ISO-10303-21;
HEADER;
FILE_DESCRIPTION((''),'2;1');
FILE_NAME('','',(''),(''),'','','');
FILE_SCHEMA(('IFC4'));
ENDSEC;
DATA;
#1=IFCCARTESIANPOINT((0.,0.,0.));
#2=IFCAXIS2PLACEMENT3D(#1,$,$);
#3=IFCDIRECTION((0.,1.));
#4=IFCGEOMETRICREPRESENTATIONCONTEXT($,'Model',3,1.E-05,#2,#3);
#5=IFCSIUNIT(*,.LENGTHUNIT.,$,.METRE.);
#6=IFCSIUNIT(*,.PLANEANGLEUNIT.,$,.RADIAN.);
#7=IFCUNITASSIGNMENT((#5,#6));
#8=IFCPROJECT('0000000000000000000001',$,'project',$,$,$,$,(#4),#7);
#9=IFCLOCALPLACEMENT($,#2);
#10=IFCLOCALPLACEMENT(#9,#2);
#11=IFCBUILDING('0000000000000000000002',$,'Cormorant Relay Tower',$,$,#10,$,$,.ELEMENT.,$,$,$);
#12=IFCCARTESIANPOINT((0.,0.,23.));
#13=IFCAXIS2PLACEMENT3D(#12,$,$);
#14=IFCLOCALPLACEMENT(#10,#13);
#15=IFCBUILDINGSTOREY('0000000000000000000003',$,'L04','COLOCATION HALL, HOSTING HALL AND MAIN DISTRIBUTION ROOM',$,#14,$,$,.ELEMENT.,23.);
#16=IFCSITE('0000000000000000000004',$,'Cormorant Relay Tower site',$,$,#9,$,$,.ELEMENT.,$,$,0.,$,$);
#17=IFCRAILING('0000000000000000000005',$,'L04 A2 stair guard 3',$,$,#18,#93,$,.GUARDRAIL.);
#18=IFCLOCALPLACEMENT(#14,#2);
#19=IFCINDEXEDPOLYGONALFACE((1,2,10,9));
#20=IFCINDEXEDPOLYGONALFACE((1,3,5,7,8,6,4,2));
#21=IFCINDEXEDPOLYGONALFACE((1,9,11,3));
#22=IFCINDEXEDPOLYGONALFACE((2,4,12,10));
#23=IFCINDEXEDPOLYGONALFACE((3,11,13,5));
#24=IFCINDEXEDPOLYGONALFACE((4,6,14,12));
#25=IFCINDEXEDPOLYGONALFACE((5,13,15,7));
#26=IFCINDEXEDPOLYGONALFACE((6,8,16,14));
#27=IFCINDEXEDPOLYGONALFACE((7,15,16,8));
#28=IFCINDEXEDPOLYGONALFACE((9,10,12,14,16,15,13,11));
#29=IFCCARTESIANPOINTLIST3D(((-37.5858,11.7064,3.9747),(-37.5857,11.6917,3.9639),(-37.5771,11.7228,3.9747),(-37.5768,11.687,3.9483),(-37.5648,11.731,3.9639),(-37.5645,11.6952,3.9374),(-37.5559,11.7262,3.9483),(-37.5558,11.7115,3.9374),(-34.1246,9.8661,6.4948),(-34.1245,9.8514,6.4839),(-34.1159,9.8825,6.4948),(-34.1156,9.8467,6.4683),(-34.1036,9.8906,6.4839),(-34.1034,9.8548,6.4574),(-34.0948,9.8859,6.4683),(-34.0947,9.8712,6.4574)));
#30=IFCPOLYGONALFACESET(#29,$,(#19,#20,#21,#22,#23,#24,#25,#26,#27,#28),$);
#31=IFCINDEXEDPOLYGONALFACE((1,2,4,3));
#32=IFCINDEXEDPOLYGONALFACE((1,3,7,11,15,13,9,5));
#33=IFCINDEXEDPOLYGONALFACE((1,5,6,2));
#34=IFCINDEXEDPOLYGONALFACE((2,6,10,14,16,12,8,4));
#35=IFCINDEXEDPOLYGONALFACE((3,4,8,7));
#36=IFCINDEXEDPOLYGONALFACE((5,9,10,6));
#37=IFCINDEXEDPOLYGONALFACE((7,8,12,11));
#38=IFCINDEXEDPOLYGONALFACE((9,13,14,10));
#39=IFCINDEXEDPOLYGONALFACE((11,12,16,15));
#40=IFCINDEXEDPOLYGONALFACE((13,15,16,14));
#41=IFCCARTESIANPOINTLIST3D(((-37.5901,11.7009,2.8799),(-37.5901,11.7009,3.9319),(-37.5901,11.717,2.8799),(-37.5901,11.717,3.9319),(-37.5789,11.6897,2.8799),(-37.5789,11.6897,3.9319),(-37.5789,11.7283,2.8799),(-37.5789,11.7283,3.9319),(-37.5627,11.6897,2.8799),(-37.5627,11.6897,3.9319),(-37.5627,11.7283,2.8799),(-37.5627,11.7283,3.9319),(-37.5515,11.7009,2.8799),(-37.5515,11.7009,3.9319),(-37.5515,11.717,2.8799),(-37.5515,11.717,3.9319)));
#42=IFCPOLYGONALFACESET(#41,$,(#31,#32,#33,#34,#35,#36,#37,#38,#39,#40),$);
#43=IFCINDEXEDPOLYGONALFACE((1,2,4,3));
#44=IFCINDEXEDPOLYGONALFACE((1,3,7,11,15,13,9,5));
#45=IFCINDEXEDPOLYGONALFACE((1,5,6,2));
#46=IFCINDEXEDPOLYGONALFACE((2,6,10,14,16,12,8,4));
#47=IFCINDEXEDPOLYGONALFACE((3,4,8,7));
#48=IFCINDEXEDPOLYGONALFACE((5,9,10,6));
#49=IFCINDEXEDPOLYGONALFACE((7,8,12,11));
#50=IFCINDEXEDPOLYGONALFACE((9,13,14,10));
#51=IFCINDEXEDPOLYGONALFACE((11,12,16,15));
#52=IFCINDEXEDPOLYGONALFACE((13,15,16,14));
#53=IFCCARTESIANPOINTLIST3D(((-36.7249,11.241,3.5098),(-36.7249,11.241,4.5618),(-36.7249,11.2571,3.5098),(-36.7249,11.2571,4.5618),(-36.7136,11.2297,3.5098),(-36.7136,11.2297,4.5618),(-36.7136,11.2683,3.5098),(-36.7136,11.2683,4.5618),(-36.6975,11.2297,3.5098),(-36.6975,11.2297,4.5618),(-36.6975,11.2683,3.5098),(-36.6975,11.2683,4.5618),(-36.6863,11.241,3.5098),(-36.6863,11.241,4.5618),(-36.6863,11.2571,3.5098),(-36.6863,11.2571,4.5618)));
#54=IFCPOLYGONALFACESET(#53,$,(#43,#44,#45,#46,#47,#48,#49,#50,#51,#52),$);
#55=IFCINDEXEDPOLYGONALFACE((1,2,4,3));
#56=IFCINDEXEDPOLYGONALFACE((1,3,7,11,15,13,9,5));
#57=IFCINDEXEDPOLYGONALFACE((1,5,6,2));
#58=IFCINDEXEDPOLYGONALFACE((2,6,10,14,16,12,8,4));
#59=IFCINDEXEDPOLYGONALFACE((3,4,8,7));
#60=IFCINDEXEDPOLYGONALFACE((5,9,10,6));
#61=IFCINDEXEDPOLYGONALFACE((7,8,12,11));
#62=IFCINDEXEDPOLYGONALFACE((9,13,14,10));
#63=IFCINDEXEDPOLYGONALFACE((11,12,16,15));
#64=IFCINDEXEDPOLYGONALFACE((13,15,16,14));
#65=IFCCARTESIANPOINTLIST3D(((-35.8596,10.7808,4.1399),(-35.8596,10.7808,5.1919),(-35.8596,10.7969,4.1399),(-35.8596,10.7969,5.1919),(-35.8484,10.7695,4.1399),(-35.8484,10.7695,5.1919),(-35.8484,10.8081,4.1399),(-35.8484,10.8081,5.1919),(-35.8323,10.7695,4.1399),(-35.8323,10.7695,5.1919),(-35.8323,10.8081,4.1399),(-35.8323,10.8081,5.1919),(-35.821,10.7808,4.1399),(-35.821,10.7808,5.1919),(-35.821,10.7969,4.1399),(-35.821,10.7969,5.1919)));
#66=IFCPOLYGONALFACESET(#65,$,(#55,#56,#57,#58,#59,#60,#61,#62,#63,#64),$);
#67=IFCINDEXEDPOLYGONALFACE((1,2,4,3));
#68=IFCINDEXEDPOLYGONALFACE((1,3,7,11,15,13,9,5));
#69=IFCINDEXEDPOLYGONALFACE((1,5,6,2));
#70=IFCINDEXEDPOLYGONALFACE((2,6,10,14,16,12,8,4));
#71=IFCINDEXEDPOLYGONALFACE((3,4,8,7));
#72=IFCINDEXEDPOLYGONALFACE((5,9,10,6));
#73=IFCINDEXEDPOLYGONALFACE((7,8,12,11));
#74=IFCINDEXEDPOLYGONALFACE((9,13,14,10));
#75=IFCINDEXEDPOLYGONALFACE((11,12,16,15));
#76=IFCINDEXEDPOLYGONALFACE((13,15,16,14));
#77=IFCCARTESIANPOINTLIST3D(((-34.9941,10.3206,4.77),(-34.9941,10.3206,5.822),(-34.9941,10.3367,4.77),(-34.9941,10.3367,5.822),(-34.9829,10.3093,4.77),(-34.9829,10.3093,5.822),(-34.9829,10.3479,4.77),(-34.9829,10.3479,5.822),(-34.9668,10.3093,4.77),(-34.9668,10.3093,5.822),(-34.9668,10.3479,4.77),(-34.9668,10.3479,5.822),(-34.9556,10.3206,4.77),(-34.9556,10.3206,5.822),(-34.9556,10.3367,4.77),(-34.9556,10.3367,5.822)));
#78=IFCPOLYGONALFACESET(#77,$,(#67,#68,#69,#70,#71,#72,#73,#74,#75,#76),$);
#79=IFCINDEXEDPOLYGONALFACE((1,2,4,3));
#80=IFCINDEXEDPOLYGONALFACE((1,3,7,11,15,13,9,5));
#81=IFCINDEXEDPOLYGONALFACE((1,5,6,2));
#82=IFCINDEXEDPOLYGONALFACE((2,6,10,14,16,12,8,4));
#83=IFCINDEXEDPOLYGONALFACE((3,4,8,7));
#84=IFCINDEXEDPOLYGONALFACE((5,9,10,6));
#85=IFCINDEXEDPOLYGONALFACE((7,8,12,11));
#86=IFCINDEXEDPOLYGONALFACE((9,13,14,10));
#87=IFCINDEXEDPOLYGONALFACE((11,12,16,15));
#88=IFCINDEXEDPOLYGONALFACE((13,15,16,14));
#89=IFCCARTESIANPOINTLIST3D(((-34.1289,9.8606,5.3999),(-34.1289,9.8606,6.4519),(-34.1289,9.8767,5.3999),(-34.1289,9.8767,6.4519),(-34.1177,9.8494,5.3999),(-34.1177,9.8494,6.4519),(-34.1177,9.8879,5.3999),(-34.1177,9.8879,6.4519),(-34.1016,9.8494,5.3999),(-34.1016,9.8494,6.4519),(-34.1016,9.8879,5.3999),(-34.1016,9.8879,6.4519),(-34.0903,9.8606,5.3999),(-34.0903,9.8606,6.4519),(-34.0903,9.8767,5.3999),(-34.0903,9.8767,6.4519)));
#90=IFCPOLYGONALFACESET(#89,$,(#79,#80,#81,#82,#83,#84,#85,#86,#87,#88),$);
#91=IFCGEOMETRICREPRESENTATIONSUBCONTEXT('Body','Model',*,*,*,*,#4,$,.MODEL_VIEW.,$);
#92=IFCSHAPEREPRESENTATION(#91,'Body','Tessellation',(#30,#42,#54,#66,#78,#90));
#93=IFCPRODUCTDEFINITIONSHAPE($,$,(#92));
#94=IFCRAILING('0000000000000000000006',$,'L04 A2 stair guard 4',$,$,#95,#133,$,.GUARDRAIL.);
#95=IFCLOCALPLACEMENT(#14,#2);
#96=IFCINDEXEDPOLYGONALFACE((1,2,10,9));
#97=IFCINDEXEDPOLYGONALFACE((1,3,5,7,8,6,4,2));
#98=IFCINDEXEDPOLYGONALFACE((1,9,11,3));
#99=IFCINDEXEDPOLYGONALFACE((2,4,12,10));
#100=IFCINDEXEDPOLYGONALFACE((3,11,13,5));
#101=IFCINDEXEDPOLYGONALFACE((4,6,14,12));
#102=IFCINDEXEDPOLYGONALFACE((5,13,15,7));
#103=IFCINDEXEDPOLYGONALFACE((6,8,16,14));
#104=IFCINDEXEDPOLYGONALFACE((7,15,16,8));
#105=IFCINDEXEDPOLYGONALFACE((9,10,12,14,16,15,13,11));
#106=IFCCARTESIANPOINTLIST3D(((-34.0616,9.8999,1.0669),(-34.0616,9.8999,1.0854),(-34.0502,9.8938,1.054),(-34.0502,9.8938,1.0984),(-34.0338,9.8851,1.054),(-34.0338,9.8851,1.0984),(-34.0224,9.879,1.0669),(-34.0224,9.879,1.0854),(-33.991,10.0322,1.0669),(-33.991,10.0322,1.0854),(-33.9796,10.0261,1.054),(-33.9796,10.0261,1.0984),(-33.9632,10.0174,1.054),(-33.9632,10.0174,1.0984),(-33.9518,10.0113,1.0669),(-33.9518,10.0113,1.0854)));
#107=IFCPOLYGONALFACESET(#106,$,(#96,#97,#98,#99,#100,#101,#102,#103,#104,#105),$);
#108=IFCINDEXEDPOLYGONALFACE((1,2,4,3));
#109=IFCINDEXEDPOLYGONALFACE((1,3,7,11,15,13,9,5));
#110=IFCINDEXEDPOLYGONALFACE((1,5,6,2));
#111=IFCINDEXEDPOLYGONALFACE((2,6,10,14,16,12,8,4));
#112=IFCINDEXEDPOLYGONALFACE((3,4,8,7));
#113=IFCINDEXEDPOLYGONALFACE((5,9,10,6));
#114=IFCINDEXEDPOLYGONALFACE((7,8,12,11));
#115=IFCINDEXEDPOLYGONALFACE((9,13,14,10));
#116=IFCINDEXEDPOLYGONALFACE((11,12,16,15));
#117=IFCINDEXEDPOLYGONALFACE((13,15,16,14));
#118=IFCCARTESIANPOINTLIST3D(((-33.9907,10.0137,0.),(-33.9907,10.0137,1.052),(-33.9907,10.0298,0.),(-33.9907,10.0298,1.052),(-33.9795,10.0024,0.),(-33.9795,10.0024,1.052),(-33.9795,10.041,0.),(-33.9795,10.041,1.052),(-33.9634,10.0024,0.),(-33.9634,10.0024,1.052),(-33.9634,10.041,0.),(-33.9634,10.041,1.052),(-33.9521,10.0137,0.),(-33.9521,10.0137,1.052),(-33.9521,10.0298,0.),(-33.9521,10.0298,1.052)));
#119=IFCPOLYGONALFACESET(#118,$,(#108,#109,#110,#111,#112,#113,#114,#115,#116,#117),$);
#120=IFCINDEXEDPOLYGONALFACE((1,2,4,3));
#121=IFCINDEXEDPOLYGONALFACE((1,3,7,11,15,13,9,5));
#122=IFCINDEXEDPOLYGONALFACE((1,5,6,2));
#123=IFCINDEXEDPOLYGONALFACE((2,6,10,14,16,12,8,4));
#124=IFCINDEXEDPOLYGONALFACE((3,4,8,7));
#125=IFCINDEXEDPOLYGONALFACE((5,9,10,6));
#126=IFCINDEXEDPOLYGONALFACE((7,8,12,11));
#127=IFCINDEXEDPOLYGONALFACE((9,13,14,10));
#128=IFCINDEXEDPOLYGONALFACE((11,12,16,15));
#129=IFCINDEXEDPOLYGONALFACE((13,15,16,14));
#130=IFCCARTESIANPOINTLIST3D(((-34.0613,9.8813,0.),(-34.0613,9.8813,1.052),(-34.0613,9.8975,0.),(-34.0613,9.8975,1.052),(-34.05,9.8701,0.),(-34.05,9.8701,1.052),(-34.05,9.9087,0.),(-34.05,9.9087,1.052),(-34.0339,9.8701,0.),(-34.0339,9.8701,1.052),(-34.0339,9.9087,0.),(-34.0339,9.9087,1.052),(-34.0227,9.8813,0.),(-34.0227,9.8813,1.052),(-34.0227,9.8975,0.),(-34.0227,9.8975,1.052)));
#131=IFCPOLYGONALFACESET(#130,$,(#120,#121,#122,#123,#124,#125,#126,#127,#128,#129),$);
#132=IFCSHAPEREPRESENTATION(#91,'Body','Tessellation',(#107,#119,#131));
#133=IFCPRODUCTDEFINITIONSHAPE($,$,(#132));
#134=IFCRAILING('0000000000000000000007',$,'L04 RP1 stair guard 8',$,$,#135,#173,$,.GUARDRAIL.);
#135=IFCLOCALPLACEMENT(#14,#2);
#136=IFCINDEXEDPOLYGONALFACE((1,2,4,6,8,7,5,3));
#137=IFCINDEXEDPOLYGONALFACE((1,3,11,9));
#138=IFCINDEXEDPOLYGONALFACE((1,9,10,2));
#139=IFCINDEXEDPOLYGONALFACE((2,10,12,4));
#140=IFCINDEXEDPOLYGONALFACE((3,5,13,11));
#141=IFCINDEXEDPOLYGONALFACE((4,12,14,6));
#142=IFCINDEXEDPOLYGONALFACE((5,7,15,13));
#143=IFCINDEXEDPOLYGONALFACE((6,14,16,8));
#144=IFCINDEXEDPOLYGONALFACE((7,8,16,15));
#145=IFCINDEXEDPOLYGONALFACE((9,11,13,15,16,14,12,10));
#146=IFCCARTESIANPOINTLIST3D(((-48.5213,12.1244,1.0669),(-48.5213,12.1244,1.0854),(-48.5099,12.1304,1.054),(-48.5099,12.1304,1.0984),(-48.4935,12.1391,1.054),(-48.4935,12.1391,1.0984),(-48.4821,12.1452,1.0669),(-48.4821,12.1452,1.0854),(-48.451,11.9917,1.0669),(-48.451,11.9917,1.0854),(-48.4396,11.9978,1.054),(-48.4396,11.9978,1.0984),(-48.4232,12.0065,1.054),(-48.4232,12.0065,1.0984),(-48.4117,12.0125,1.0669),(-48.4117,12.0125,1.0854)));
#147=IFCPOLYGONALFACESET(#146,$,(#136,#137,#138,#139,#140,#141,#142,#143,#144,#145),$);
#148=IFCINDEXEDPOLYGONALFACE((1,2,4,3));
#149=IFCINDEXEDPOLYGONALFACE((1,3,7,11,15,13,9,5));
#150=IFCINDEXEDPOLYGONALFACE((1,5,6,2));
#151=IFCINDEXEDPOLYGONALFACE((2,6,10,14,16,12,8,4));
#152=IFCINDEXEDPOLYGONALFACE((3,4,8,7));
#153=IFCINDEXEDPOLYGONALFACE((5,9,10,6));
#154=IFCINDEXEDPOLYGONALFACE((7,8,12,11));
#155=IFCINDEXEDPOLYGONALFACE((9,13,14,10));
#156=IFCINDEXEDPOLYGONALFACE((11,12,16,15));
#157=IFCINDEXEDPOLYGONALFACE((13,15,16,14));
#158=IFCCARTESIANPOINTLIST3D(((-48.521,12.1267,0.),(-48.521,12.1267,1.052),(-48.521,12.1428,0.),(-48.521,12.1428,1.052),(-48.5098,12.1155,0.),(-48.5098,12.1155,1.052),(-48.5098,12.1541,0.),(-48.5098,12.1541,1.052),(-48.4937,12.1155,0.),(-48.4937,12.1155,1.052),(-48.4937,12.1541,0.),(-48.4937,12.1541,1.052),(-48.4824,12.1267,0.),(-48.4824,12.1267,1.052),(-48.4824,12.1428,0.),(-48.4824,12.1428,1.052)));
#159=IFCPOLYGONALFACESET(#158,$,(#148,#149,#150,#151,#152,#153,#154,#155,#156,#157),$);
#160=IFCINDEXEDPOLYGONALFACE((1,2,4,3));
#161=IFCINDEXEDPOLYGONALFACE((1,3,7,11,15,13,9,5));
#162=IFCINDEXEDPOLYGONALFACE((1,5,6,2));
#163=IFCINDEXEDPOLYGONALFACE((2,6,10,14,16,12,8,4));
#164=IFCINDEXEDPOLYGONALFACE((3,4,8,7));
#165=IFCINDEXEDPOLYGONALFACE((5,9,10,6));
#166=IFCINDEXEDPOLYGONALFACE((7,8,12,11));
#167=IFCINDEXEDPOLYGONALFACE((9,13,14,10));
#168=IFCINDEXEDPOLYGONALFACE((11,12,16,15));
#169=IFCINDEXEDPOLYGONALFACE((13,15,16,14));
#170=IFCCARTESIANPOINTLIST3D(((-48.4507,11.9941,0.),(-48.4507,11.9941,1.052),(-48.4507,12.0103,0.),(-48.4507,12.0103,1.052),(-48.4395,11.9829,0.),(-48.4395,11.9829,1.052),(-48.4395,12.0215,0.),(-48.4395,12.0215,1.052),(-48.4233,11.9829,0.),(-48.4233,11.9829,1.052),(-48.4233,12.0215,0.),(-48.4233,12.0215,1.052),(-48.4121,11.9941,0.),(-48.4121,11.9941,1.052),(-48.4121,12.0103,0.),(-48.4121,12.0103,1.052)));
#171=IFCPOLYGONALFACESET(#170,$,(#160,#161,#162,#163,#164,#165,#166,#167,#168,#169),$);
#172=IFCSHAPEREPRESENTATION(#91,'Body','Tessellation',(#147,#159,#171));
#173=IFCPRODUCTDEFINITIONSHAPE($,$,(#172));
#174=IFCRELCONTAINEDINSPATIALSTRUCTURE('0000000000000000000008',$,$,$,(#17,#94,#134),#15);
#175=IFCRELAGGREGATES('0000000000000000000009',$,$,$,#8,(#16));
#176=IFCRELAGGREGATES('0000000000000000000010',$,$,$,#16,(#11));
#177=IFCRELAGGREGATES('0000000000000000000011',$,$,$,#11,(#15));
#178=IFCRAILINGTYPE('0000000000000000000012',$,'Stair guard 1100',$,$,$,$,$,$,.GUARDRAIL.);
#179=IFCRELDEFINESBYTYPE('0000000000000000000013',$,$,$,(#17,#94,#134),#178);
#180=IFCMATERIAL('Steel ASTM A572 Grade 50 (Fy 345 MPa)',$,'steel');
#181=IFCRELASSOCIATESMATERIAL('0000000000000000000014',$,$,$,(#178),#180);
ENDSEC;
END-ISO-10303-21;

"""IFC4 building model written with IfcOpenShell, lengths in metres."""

from ifc_helpers import new_model, si_unit, direction, frame, origin, place, context, subcontext, project, spatial, polyline, outline, extrude, material, type_object, element, save


model = new_model("IFC4")

# Units and contexts
model_context = context("Model", 3, precision=1e-05, world=origin(), true_north=direction((0.0, 1.0)))
body_context = subcontext(model_context, "Body", "Model", "MODEL_VIEW")
ifc_project = project(units=[si_unit("LENGTHUNIT", "METRE"), si_unit("PLANEANGLEUNIT", "RADIAN")], contexts=[model_context])

# Site, building, storey
site_placement = place(None, origin())
site = spatial("IfcSite", under=ifc_project, at=site_placement, Name="Cormorant Relay Tower site", CompositionType="ELEMENT", RefElevation=0.0)
building_placement = place(site_placement, origin())
building = spatial("IfcBuilding", under=site, at=building_placement, Name="Cormorant Relay Tower", CompositionType="ELEMENT")
storey_placement = place(building_placement, frame((0.0, 0.0, 23.0)))
storey = spatial("IfcBuildingStorey", under=building, at=storey_placement, Name="L04", Description="COLOCATION HALL, HOSTING HALL AND MAIN DISTRIBUTION ROOM", CompositionType="ELEMENT", Elevation=23.0)

# Railings
ifc_material_1 = material(Name="Steel ASTM A572 Grade 50 (Fy 345 MPa)", Category="steel")
railing_type_1 = type_object("IfcRailingType", Name="Stair guard 1100", PredefinedType="GUARDRAIL", material=ifc_material_1)
railing_1_placement = place(storey_placement, frame((-37.5708, 11.709, 2.8799)))
element("IfcRailing", 1, at=railing_1_placement, inside=storey, type_object=railing_type_1, Name="L04 A2 stair guard 3", PredefinedType="GUARDRAIL", context=body_context, shape_type="SweptSolid", body=[
    extrude(outline(polyline([(0.0222, 0.0093), (0.0093, 0.0222), (-0.0093, 0.0222), (-0.0222, 0.0093), (-0.0222, -0.0093), (-0.0093, -0.0222), (0.0093, -0.0222), (0.0222, -0.0093), (0.0222, 0.0093)])), frame((0.0, 0.0, 1.0762), z_axis=(0.742717, -0.394907, 0.540758), x_axis=(0.469469, 0.882949, 0.0)), (0.0, 0.0, 1.0), 4.6602),
    extrude(outline(polyline([(0.0193, 0.0081), (0.0081, 0.0193), (-0.0081, 0.0193), (-0.0193, 0.0081), (-0.0193, -0.0081), (-0.0081, -0.0193), (0.0081, -0.0193), (0.0193, -0.0081), (0.0193, 0.0081)])), origin(), (0.0, 0.0, 1.0), 1.052),
    extrude(outline(polyline([(0.0193, 0.0081), (0.0081, 0.0193), (-0.0081, 0.0193), (-0.0193, 0.0081), (-0.0193, -0.0081), (-0.0081, -0.0193), (0.0081, -0.0193), (0.0193, -0.0081), (0.0193, 0.0081)])), frame((0.8652, -0.46, 0.6299)), (0.0, 0.0, 1.0), 1.052),
    extrude(outline(polyline([(0.0193, 0.0081), (0.0081, 0.0193), (-0.0081, 0.0193), (-0.0193, 0.0081), (-0.0193, -0.0081), (-0.0081, -0.0193), (0.0081, -0.0193), (0.0193, -0.0081), (0.0193, 0.0081)])), frame((1.7305, -0.9202, 1.26)), (0.0, 0.0, 1.0), 1.052),
    extrude(outline(polyline([(0.0193, 0.0081), (0.0081, 0.0193), (-0.0081, 0.0193), (-0.0193, 0.0081), (-0.0193, -0.0081), (-0.0081, -0.0193), (0.0081, -0.0193), (0.0193, -0.0081), (0.0193, 0.0081)])), frame((2.5959, -1.3804, 1.8901)), (0.0, 0.0, 1.0), 1.052),
    extrude(outline(polyline([(0.0193, 0.0081), (0.0081, 0.0193), (-0.0081, 0.0193), (-0.0193, 0.0081), (-0.0193, -0.0081), (-0.0081, -0.0193), (0.0081, -0.0193), (0.0193, -0.0081), (0.0193, 0.0081)])), frame((3.4612, -1.8403, 2.52)), (0.0, 0.0, 1.0), 1.052),
])
railing_2_placement = place(storey_placement, frame((-33.9714, 10.0217, 0.0)))
element("IfcRailing", 2, at=railing_2_placement, inside=storey, type_object=railing_type_1, Name="L04 A2 stair guard 4", PredefinedType="GUARDRAIL", context=body_context, shape_type="SweptSolid", body=[
    extrude(outline(polyline([(0.0222, 0.0093), (0.0093, 0.0222), (-0.0093, 0.0222), (-0.0222, 0.0093), (-0.0222, -0.0093), (-0.0093, -0.0222), (0.0093, -0.0222), (0.0222, -0.0093), (0.0222, 0.0093)])), frame((0.0, 0.0, 1.0762), z_axis=(-0.470504, -0.882398, 0.0), x_axis=(0.882398, -0.470504, 0.0)), (0.0, 0.0, 1.0), 0.1499),
    extrude(outline(polyline([(0.0193, 0.0081), (0.0081, 0.0193), (-0.0081, 0.0193), (-0.0193, 0.0081), (-0.0193, -0.0081), (-0.0081, -0.0193), (0.0081, -0.0193), (0.0193, -0.0081), (0.0193, 0.0081)])), origin(), (0.0, 0.0, 1.0), 1.052),
    extrude(outline(polyline([(0.0193, 0.0081), (0.0081, 0.0193), (-0.0081, 0.0193), (-0.0193, 0.0081), (-0.0193, -0.0081), (-0.0081, -0.0193), (0.0081, -0.0193), (0.0193, -0.0081), (0.0193, 0.0081)])), frame((-0.0706, -0.1323, 0.0)), (0.0, 0.0, 1.0), 1.052),
])
railing_3_placement = place(storey_placement, frame((-48.5017, 12.1348, 0.0)))
element("IfcRailing", 3, at=railing_3_placement, inside=storey, type_object=railing_type_1, Name="L04 RP1 stair guard 8", PredefinedType="GUARDRAIL", context=body_context, shape_type="SweptSolid", body=[
    extrude(outline(polyline([(0.0222, 0.0093), (0.0093, 0.0222), (-0.0093, 0.0222), (-0.0222, 0.0093), (-0.0222, -0.0093), (-0.0093, -0.0222), (0.0093, -0.0222), (0.0222, -0.0093), (0.0222, 0.0093)])), frame((0.0, 0.0, 1.0762), z_axis=(0.46856, -0.883431, 0.0), x_axis=(0.883431, 0.46856, 0.0)), (0.0, 0.0, 1.0), 0.1501),
    extrude(outline(polyline([(0.0193, 0.0081), (0.0081, 0.0193), (-0.0081, 0.0193), (-0.0193, 0.0081), (-0.0193, -0.0081), (-0.0081, -0.0193), (0.0081, -0.0193), (0.0193, -0.0081), (0.0193, 0.0081)])), origin(), (0.0, 0.0, 1.0), 1.052),
    extrude(outline(polyline([(0.0193, 0.0081), (0.0081, 0.0193), (-0.0081, 0.0193), (-0.0193, 0.0081), (-0.0193, -0.0081), (-0.0081, -0.0193), (0.0081, -0.0193), (0.0193, -0.0081), (0.0193, 0.0081)])), frame((0.0703, -0.1326, 0.0)), (0.0, 0.0, 1.0), 1.052),
])

save(model, "model.ifc")
